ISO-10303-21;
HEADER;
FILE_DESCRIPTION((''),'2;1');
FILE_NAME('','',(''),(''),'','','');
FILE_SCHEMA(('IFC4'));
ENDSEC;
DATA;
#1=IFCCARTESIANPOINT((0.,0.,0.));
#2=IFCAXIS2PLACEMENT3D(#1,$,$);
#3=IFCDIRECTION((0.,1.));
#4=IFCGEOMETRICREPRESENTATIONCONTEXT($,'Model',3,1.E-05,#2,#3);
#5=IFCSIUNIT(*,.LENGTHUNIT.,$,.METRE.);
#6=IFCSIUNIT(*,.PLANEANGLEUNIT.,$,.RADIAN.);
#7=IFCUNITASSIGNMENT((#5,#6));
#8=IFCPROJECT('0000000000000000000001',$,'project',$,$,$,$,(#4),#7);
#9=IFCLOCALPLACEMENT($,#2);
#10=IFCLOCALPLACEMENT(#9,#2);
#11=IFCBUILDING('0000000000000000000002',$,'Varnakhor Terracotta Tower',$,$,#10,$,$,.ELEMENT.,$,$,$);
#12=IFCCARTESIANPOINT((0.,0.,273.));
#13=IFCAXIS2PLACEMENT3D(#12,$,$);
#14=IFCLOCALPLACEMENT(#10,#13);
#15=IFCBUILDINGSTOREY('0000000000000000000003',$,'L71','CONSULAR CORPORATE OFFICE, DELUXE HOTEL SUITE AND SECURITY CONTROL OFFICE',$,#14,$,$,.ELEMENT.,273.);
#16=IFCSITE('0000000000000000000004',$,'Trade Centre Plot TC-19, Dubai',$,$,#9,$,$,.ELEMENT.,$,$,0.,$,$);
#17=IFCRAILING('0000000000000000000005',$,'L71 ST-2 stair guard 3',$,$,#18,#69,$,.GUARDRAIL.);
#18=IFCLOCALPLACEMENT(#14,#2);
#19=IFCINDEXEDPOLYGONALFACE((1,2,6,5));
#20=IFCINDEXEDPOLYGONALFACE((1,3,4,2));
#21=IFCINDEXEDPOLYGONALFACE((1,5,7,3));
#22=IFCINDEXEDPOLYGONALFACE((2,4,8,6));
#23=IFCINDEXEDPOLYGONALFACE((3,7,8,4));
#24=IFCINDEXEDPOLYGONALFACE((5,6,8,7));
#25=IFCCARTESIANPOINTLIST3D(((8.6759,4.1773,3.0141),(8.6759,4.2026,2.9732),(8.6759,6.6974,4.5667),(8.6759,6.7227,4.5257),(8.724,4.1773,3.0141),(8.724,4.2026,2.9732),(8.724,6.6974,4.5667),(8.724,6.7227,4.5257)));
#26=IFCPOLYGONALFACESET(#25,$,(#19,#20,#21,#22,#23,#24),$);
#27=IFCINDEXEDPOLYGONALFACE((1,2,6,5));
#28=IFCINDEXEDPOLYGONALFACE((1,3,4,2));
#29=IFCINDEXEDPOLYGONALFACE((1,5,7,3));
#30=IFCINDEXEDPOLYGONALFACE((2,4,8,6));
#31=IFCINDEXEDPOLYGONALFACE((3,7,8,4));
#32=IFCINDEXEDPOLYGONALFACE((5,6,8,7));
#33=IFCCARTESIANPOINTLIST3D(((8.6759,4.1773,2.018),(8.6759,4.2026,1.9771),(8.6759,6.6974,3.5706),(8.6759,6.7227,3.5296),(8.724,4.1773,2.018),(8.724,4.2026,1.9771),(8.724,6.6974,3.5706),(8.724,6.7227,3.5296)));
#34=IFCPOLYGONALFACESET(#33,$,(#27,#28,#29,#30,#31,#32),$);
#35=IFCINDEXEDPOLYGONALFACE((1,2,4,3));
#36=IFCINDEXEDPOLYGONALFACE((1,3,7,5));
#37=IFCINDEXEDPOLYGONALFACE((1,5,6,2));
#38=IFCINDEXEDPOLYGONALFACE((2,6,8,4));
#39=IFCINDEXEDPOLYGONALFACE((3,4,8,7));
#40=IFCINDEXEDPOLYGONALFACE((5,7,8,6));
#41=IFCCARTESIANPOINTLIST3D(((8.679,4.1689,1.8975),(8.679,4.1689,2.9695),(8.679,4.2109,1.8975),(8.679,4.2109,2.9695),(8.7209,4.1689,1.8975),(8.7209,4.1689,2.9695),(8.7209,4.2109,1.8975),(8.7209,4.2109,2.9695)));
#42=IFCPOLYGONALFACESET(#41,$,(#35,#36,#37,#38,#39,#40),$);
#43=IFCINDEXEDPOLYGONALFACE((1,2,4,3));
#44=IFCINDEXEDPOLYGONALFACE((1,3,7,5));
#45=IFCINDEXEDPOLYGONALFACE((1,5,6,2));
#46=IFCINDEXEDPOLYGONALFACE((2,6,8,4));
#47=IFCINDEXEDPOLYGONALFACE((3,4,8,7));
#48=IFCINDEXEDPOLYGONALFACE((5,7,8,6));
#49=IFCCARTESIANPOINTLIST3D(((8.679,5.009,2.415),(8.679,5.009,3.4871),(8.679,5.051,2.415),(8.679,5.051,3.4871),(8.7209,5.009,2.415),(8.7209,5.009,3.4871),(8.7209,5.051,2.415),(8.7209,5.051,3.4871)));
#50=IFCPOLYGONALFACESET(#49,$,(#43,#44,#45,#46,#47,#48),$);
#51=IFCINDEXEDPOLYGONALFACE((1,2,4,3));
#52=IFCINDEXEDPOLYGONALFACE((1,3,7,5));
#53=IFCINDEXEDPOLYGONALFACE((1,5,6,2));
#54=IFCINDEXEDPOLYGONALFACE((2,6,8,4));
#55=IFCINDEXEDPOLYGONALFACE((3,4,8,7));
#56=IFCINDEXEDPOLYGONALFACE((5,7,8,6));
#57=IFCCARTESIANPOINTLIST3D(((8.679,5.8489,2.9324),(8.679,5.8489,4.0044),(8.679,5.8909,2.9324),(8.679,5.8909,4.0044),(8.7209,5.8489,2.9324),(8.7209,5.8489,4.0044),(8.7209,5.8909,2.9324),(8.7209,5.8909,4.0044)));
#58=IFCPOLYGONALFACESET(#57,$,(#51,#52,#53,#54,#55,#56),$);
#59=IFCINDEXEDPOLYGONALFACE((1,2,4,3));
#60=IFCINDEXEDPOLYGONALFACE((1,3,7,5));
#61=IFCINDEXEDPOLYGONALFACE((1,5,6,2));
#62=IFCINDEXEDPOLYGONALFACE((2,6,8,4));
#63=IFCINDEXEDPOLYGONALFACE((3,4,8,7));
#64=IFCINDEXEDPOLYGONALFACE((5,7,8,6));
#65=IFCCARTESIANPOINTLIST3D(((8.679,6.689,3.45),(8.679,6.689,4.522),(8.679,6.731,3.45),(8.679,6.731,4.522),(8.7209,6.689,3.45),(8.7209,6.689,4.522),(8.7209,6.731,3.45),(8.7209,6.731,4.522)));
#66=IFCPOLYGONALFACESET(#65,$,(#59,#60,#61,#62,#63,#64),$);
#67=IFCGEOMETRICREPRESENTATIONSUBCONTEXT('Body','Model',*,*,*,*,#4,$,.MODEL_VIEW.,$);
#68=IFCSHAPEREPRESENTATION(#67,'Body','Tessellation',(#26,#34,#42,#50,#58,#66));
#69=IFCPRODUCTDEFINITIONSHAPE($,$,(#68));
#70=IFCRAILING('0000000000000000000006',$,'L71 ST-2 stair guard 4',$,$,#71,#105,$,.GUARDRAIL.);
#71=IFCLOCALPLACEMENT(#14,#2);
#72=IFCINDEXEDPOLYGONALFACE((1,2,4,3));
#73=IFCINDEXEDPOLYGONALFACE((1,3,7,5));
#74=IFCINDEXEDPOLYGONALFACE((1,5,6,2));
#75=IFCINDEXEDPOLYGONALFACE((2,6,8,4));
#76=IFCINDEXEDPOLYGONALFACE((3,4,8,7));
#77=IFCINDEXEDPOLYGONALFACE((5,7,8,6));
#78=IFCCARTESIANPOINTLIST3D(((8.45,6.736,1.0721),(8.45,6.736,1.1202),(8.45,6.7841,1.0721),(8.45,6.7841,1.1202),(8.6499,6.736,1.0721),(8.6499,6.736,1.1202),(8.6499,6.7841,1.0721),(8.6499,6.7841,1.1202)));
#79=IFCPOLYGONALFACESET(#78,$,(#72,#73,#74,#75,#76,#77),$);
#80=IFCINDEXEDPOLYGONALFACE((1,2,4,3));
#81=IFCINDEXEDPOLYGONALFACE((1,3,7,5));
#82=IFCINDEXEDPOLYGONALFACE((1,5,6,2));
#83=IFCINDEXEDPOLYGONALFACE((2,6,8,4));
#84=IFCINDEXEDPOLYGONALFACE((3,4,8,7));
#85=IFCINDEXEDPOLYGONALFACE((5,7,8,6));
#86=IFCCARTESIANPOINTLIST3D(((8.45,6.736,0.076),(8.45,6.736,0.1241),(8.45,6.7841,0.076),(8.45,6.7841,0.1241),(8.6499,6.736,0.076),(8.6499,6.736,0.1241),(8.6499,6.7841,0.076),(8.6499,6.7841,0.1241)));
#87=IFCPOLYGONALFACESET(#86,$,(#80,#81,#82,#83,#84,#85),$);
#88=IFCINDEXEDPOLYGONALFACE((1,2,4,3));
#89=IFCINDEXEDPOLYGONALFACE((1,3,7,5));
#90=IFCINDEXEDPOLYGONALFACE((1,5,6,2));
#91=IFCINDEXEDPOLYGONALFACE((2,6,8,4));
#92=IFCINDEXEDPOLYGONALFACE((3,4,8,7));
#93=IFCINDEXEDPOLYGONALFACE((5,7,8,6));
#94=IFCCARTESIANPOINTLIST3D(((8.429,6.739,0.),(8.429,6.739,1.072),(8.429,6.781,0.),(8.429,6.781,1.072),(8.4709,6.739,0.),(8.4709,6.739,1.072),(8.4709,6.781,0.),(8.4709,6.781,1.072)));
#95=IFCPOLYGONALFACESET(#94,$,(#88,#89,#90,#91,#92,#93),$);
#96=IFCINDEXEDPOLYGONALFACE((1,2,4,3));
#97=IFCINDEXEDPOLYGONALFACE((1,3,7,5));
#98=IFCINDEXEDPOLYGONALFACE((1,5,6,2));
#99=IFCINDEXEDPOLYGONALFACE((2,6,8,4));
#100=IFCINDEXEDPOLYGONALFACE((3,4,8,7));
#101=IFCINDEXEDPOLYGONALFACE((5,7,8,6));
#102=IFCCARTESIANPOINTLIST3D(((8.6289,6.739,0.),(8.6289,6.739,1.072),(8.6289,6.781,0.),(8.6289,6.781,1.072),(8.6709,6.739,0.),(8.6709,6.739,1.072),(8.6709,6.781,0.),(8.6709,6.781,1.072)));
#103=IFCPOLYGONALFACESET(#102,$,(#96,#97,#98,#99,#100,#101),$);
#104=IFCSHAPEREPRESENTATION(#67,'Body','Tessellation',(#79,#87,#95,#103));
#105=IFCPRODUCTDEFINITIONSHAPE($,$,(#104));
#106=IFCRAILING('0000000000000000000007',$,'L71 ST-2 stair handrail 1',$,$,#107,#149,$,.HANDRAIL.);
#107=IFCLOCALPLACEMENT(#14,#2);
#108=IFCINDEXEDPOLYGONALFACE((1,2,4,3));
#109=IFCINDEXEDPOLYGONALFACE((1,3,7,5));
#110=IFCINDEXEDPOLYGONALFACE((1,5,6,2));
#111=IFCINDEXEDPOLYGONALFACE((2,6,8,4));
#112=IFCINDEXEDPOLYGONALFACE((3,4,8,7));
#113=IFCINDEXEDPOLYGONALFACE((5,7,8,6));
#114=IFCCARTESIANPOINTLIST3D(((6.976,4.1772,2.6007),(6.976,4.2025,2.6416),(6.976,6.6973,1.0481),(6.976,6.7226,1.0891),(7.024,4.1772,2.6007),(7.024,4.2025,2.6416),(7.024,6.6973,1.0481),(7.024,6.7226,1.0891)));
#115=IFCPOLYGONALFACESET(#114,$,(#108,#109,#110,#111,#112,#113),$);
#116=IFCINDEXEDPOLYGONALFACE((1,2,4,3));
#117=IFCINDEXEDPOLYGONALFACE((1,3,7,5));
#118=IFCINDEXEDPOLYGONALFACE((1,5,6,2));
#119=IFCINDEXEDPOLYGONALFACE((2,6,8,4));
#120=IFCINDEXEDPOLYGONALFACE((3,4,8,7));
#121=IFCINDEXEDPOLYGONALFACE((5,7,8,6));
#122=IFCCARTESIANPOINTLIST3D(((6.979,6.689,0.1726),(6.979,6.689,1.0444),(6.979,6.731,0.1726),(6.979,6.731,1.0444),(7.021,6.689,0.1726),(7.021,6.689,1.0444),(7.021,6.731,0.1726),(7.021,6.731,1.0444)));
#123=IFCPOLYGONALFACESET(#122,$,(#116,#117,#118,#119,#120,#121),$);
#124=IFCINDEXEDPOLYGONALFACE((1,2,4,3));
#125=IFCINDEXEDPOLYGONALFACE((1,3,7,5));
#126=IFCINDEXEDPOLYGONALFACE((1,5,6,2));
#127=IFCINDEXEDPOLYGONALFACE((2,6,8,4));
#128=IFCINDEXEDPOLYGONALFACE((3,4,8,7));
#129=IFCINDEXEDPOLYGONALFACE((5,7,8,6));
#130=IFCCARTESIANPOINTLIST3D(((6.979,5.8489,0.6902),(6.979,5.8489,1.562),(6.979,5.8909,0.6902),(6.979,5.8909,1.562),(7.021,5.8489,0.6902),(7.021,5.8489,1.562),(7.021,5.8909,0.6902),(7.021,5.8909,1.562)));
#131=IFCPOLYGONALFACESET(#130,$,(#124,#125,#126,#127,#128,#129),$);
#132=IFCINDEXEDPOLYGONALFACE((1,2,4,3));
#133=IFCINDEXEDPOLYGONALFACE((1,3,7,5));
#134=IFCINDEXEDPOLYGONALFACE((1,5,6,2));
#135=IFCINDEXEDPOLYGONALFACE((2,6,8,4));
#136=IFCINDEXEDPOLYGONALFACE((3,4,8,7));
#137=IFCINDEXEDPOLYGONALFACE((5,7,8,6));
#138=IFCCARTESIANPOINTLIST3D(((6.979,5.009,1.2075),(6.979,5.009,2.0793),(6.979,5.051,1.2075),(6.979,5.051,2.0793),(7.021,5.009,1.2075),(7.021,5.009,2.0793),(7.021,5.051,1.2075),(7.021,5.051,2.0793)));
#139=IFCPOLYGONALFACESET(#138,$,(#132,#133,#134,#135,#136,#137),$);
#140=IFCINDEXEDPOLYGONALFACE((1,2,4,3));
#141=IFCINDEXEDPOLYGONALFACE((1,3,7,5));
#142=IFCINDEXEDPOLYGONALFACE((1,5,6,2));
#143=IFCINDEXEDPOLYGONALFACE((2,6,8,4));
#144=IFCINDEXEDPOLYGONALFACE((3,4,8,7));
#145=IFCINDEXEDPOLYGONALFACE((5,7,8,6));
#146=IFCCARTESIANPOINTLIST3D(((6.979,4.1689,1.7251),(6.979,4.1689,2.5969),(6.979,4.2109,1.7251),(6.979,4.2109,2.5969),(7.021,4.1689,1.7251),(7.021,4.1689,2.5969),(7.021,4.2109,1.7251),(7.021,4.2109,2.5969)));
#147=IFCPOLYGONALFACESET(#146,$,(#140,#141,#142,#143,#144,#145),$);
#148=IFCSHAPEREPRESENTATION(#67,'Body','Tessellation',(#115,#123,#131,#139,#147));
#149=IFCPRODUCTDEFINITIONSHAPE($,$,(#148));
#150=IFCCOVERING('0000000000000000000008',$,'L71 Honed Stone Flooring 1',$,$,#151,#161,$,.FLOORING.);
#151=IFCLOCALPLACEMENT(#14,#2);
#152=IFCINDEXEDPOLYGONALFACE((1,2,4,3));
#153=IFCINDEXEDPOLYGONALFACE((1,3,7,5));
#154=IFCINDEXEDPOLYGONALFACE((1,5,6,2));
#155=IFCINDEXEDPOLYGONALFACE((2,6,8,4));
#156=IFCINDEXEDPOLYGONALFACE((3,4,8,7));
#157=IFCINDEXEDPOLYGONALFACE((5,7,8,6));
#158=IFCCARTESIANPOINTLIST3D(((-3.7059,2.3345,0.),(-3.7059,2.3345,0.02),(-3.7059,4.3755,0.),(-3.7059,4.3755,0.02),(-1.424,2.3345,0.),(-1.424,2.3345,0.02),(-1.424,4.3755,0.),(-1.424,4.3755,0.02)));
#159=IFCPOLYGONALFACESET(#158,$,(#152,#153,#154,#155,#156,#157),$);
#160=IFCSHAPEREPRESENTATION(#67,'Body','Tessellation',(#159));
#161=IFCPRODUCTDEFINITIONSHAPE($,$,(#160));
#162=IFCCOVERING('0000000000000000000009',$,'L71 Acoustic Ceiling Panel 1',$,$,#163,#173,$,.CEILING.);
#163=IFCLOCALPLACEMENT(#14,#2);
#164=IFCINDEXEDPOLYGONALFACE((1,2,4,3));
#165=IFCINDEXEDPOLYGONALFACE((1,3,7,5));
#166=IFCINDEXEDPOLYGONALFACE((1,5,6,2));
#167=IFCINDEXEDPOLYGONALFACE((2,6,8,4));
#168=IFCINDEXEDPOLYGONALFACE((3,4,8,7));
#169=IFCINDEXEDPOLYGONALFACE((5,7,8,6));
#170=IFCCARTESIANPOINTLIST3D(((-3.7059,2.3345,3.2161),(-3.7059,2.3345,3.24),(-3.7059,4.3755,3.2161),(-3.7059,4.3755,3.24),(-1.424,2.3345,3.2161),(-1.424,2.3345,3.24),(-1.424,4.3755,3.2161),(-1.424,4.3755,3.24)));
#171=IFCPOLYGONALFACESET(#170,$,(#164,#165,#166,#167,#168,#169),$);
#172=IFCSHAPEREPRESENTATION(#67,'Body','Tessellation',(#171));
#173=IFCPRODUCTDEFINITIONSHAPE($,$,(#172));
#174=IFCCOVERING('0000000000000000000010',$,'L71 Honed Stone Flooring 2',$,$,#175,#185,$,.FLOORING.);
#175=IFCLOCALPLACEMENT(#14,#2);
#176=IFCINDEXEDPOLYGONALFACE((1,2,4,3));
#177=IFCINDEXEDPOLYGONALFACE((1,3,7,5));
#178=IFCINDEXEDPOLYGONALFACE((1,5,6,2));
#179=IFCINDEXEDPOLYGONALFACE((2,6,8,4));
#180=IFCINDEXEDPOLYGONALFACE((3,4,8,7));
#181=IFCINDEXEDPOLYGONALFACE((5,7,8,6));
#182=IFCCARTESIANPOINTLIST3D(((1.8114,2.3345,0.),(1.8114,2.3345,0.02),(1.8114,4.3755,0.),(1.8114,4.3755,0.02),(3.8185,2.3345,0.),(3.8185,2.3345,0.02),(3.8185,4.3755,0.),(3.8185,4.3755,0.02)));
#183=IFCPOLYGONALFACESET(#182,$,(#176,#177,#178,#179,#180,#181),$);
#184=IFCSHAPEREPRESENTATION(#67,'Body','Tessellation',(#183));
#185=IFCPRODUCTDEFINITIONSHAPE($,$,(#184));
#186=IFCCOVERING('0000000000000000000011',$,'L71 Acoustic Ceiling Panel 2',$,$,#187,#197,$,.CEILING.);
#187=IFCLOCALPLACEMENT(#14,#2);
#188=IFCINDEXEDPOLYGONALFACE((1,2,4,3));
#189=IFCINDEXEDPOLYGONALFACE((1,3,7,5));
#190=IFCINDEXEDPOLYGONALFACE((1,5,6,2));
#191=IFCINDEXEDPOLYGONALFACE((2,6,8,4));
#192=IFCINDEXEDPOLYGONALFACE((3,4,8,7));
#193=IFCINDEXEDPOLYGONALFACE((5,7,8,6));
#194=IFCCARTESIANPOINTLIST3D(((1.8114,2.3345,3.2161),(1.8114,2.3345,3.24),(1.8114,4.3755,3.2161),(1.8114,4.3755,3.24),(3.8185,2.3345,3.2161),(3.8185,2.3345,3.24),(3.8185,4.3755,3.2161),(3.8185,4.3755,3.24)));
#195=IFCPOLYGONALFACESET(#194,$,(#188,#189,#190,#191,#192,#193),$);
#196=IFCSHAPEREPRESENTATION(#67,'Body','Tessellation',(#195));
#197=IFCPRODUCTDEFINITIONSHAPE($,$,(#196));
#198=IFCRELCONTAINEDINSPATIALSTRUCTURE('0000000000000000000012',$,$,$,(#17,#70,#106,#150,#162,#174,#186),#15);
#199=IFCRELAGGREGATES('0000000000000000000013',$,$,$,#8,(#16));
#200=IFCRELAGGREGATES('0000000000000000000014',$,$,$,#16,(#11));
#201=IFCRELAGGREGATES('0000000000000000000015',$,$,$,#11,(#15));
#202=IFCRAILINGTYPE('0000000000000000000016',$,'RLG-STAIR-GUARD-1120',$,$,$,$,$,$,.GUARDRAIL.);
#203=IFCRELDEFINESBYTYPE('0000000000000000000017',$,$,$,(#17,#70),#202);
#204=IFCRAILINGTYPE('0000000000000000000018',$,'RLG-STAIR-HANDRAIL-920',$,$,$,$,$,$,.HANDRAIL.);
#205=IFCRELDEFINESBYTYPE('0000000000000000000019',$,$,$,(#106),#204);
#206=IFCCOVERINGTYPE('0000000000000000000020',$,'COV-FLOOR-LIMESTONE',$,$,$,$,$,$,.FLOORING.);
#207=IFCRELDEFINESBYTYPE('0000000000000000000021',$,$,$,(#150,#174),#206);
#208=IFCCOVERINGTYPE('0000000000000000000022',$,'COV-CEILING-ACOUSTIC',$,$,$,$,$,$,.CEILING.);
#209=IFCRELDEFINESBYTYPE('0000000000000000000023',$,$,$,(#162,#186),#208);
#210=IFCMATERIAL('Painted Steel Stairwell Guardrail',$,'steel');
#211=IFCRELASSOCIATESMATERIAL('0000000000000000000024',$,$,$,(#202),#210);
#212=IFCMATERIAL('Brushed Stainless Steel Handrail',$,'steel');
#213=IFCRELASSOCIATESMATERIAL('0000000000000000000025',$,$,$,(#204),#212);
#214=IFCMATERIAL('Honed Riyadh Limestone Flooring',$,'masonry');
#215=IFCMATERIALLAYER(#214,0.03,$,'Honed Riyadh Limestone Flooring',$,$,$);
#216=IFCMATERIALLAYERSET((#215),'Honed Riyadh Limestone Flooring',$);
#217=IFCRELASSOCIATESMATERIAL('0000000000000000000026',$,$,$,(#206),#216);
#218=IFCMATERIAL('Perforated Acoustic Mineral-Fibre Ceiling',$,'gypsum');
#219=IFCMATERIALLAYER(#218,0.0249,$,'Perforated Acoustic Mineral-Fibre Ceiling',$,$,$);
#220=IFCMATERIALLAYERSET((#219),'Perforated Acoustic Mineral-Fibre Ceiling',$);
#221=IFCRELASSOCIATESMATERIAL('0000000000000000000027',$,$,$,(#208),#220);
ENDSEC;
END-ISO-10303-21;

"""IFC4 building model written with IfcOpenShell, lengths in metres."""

from ifc_helpers import new_model, si_unit, direction, frame, origin, origin_2d, place, context, subcontext, project, spatial, rectangle, extrude, source, transform, mapped, material, layer, layer_set, type_object, element, save


model = new_model("IFC4")

# Units and contexts
model_context = context("Model", 3, precision=1e-05, world=origin(), true_north=direction((0.0, 1.0)))
body_context = subcontext(model_context, "Body", "Model", "MODEL_VIEW")
ifc_project = project(units=[si_unit("LENGTHUNIT", "METRE"), si_unit("PLANEANGLEUNIT", "RADIAN")], contexts=[model_context])

# Site, building, storey
site_placement = place(None, origin())
site = spatial("IfcSite", under=ifc_project, at=site_placement, Name="Trade Centre Plot TC-19, Dubai", CompositionType="ELEMENT", RefElevation=0.0)
building_placement = place(site_placement, origin())
building = spatial("IfcBuilding", under=site, at=building_placement, Name="Varnakhor Terracotta Tower", CompositionType="ELEMENT")
storey_placement = place(building_placement, frame((0.0, 0.0, 273.0)))
storey = spatial("IfcBuildingStorey", under=building, at=storey_placement, Name="L71", Description="CONSULAR CORPORATE OFFICE, DELUXE HOTEL SUITE AND SECURITY CONTROL OFFICE", CompositionType="ELEMENT", Elevation=273.0)

# Railings
ifc_material_1 = material(Name="Painted Steel Stairwell Guardrail", Category="steel")
railing_type_1 = type_object("IfcRailingType", Name="RLG-STAIR-GUARD-1120", PredefinedType="GUARDRAIL", material=ifc_material_1)
railing_1_placement = place(storey_placement, frame((8.7, 4.1899, 1.8975)))
element("IfcRailing", 1, at=railing_1_placement, inside=storey, type_object=railing_type_1, Name="L71 ST-2 stair guard 3", PredefinedType="GUARDRAIL", context=body_context, shape_type="SweptSolid", body=[
    extrude(rectangle(XDim=0.0481, YDim=0.0481, at=origin_2d()), frame((0.0, 0.0, 1.0962), z_axis=(0.0, 0.8514, 0.524516), x_axis=(-1.0, 0.0, 0.0)), (0.0, 0.0, 1.0), 2.96),
    extrude(rectangle(XDim=0.0481, YDim=0.0481, at=origin_2d()), frame((0.0, 0.0, 0.1001), z_axis=(0.0, 0.8514, 0.524516), x_axis=(-1.0, 0.0, 0.0)), (0.0, 0.0, 1.0), 2.96),
    extrude(rectangle(XDim=0.042, YDim=0.042, at=origin_2d()), origin(), (0.0, 0.0, 1.0), 1.072),
    extrude(rectangle(XDim=0.042, YDim=0.042, at=origin_2d()), frame((0.0, 0.8401, 0.5176)), (0.0, 0.0, 1.0), 1.072),
    extrude(rectangle(XDim=0.042, YDim=0.042, at=origin_2d()), frame((0.0, 1.6799, 1.0349)), (0.0, 0.0, 1.0), 1.072),
    extrude(rectangle(XDim=0.042, YDim=0.042, at=origin_2d()), frame((0.0, 2.52, 1.5525)), (0.0, 0.0, 1.0), 1.072),
])
railing_2_placement = place(storey_placement, frame((8.45, 6.76, 0.0)))
element("IfcRailing", 2, at=railing_2_placement, inside=storey, type_object=railing_type_1, Name="L71 ST-2 stair guard 4", PredefinedType="GUARDRAIL", context=body_context, shape_type="SweptSolid", body=[
    extrude(rectangle(XDim=0.0481, YDim=0.0481, at=origin_2d()), frame((0.0, 0.0, 1.0962), z_axis=(1.0, 0.0, 0.0), x_axis=(0.0, 1.0, 0.0)), (0.0, 0.0, 1.0), 0.2),
    extrude(rectangle(XDim=0.0481, YDim=0.0481, at=origin_2d()), frame((0.0, 0.0, 0.1001), z_axis=(1.0, 0.0, 0.0), x_axis=(0.0, 1.0, 0.0)), (0.0, 0.0, 1.0), 0.2),
    extrude(rectangle(XDim=0.042, YDim=0.042, at=origin_2d()), origin(), (0.0, 0.0, 1.0), 1.072),
    extrude(rectangle(XDim=0.042, YDim=0.042, at=origin_2d()), frame((0.2, 0.0, 0.0)), (0.0, 0.0, 1.0), 1.072),
])
ifc_material_2 = material(Name="Brushed Stainless Steel Handrail", Category="steel")
railing_type_2 = type_object("IfcRailingType", Name="RLG-STAIR-HANDRAIL-920", PredefinedType="HANDRAIL", material=ifc_material_2)
railing_3_placement = place(storey_placement, frame((7.0, 6.71, 0.1726)))
element("IfcRailing", 3, at=railing_3_placement, inside=storey, type_object=railing_type_2, Name="L71 ST-2 stair handrail 1", PredefinedType="HANDRAIL", context=body_context, shape_type="SweptSolid", body=[
    extrude(rectangle(XDim=0.0481, YDim=0.0481, at=origin_2d()), frame((0.0, 0.0, 0.896), z_axis=(0.0, -0.8514, 0.524516), x_axis=(1.0, 0.0, 0.0)), (0.0, 0.0, 1.0), 2.96),
    extrude(rectangle(XDim=0.042, YDim=0.042, at=origin_2d()), origin(), (0.0, 0.0, 1.0), 0.8718),
    extrude(rectangle(XDim=0.042, YDim=0.042, at=origin_2d()), frame((0.0, -0.8401, 0.5176)), (0.0, 0.0, 1.0), 0.8718),
    extrude(rectangle(XDim=0.042, YDim=0.042, at=origin_2d()), frame((0.0, -1.6799, 1.0349)), (0.0, 0.0, 1.0), 0.8718),
    extrude(rectangle(XDim=0.042, YDim=0.042, at=origin_2d()), frame((0.0, -2.52, 1.5525)), (0.0, 0.0, 1.0), 0.8718),
])

# Coverings
ifc_material_3 = material(Name="Honed Riyadh Limestone Flooring", Category="masonry")
ifc_layer_1 = layer(ifc_material_3, 0.03, Name="Honed Riyadh Limestone Flooring")
ifc_layer_set_1 = layer_set([ifc_layer_1], Name="Honed Riyadh Limestone Flooring")
covering_type_1 = type_object("IfcCoveringType", Name="COV-FLOOR-LIMESTONE", PredefinedType="FLOORING", material=ifc_layer_set_1)
shared_shape_1 = source(origin(), body_context, "Body", "SweptSolid", [
    extrude(rectangle(XDim=2.282, YDim=2.041, at=origin_2d()), origin(), (0.0, 0.0, 1.0), 0.02),
])
covering_1_placement = place(storey_placement, frame((-2.5649, 3.355, 0.0), z_axis=(0.0, 0.0, 1.0), x_axis=(1.0, 0.0, 0.0)))
element("IfcCovering", 4, at=covering_1_placement, inside=storey, type_object=covering_type_1, Name="L71 Honed Stone Flooring 1", PredefinedType="FLOORING", context=body_context, shape_type="MappedRepresentation", body=[
    mapped(shared_shape_1, transform((0.0, 0.0, 0.0), scale=1.0)),
])
ifc_material_4 = material(Name="Perforated Acoustic Mineral-Fibre Ceiling", Category="gypsum")
ifc_layer_2 = layer(ifc_material_4, 0.0249, Name="Perforated Acoustic Mineral-Fibre Ceiling")
ifc_layer_set_2 = layer_set([ifc_layer_2], Name="Perforated Acoustic Mineral-Fibre Ceiling")
covering_type_2 = type_object("IfcCoveringType", Name="COV-CEILING-ACOUSTIC", PredefinedType="CEILING", material=ifc_layer_set_2)
shared_shape_2 = source(origin(), body_context, "Body", "SweptSolid", [
    extrude(rectangle(XDim=2.282, YDim=2.041, at=origin_2d()), origin(), (0.0, 0.0, 1.0), 0.0239),
])
covering_2_placement = place(storey_placement, frame((-2.5649, 3.355, 3.2161), z_axis=(0.0, 0.0, 1.0), x_axis=(1.0, 0.0, 0.0)))
element("IfcCovering", 5, at=covering_2_placement, inside=storey, type_object=covering_type_2, Name="L71 Acoustic Ceiling Panel 1", PredefinedType="CEILING", context=body_context, shape_type="MappedRepresentation", body=[
    mapped(shared_shape_2, transform((0.0, 0.0, 0.0), scale=1.0)),
])
shared_shape_3 = source(origin(), body_context, "Body", "SweptSolid", [
    extrude(rectangle(XDim=2.0071, YDim=2.041, at=origin_2d()), origin(), (0.0, 0.0, 1.0), 0.02),
])
covering_3_placement = place(storey_placement, frame((2.8149, 3.355, 0.0), z_axis=(0.0, 0.0, 1.0), x_axis=(1.0, 0.0, 0.0)))
element("IfcCovering", 6, at=covering_3_placement, inside=storey, type_object=covering_type_1, Name="L71 Honed Stone Flooring 2", PredefinedType="FLOORING", context=body_context, shape_type="MappedRepresentation", body=[
    mapped(shared_shape_3, transform((0.0, 0.0, 0.0), scale=1.0)),
])
shared_shape_4 = source(origin(), body_context, "Body", "SweptSolid", [
    extrude(rectangle(XDim=2.0071, YDim=2.041, at=origin_2d()), origin(), (0.0, 0.0, 1.0), 0.0239),
])
covering_4_placement = place(storey_placement, frame((2.8149, 3.355, 3.2161), z_axis=(0.0, 0.0, 1.0), x_axis=(1.0, 0.0, 0.0)))
element("IfcCovering", 7, at=covering_4_placement, inside=storey, type_object=covering_type_2, Name="L71 Acoustic Ceiling Panel 2", PredefinedType="CEILING", context=body_context, shape_type="MappedRepresentation", body=[
    mapped(shared_shape_4, transform((0.0, 0.0, 0.0), scale=1.0)),
])

save(model, "model.ifc")
